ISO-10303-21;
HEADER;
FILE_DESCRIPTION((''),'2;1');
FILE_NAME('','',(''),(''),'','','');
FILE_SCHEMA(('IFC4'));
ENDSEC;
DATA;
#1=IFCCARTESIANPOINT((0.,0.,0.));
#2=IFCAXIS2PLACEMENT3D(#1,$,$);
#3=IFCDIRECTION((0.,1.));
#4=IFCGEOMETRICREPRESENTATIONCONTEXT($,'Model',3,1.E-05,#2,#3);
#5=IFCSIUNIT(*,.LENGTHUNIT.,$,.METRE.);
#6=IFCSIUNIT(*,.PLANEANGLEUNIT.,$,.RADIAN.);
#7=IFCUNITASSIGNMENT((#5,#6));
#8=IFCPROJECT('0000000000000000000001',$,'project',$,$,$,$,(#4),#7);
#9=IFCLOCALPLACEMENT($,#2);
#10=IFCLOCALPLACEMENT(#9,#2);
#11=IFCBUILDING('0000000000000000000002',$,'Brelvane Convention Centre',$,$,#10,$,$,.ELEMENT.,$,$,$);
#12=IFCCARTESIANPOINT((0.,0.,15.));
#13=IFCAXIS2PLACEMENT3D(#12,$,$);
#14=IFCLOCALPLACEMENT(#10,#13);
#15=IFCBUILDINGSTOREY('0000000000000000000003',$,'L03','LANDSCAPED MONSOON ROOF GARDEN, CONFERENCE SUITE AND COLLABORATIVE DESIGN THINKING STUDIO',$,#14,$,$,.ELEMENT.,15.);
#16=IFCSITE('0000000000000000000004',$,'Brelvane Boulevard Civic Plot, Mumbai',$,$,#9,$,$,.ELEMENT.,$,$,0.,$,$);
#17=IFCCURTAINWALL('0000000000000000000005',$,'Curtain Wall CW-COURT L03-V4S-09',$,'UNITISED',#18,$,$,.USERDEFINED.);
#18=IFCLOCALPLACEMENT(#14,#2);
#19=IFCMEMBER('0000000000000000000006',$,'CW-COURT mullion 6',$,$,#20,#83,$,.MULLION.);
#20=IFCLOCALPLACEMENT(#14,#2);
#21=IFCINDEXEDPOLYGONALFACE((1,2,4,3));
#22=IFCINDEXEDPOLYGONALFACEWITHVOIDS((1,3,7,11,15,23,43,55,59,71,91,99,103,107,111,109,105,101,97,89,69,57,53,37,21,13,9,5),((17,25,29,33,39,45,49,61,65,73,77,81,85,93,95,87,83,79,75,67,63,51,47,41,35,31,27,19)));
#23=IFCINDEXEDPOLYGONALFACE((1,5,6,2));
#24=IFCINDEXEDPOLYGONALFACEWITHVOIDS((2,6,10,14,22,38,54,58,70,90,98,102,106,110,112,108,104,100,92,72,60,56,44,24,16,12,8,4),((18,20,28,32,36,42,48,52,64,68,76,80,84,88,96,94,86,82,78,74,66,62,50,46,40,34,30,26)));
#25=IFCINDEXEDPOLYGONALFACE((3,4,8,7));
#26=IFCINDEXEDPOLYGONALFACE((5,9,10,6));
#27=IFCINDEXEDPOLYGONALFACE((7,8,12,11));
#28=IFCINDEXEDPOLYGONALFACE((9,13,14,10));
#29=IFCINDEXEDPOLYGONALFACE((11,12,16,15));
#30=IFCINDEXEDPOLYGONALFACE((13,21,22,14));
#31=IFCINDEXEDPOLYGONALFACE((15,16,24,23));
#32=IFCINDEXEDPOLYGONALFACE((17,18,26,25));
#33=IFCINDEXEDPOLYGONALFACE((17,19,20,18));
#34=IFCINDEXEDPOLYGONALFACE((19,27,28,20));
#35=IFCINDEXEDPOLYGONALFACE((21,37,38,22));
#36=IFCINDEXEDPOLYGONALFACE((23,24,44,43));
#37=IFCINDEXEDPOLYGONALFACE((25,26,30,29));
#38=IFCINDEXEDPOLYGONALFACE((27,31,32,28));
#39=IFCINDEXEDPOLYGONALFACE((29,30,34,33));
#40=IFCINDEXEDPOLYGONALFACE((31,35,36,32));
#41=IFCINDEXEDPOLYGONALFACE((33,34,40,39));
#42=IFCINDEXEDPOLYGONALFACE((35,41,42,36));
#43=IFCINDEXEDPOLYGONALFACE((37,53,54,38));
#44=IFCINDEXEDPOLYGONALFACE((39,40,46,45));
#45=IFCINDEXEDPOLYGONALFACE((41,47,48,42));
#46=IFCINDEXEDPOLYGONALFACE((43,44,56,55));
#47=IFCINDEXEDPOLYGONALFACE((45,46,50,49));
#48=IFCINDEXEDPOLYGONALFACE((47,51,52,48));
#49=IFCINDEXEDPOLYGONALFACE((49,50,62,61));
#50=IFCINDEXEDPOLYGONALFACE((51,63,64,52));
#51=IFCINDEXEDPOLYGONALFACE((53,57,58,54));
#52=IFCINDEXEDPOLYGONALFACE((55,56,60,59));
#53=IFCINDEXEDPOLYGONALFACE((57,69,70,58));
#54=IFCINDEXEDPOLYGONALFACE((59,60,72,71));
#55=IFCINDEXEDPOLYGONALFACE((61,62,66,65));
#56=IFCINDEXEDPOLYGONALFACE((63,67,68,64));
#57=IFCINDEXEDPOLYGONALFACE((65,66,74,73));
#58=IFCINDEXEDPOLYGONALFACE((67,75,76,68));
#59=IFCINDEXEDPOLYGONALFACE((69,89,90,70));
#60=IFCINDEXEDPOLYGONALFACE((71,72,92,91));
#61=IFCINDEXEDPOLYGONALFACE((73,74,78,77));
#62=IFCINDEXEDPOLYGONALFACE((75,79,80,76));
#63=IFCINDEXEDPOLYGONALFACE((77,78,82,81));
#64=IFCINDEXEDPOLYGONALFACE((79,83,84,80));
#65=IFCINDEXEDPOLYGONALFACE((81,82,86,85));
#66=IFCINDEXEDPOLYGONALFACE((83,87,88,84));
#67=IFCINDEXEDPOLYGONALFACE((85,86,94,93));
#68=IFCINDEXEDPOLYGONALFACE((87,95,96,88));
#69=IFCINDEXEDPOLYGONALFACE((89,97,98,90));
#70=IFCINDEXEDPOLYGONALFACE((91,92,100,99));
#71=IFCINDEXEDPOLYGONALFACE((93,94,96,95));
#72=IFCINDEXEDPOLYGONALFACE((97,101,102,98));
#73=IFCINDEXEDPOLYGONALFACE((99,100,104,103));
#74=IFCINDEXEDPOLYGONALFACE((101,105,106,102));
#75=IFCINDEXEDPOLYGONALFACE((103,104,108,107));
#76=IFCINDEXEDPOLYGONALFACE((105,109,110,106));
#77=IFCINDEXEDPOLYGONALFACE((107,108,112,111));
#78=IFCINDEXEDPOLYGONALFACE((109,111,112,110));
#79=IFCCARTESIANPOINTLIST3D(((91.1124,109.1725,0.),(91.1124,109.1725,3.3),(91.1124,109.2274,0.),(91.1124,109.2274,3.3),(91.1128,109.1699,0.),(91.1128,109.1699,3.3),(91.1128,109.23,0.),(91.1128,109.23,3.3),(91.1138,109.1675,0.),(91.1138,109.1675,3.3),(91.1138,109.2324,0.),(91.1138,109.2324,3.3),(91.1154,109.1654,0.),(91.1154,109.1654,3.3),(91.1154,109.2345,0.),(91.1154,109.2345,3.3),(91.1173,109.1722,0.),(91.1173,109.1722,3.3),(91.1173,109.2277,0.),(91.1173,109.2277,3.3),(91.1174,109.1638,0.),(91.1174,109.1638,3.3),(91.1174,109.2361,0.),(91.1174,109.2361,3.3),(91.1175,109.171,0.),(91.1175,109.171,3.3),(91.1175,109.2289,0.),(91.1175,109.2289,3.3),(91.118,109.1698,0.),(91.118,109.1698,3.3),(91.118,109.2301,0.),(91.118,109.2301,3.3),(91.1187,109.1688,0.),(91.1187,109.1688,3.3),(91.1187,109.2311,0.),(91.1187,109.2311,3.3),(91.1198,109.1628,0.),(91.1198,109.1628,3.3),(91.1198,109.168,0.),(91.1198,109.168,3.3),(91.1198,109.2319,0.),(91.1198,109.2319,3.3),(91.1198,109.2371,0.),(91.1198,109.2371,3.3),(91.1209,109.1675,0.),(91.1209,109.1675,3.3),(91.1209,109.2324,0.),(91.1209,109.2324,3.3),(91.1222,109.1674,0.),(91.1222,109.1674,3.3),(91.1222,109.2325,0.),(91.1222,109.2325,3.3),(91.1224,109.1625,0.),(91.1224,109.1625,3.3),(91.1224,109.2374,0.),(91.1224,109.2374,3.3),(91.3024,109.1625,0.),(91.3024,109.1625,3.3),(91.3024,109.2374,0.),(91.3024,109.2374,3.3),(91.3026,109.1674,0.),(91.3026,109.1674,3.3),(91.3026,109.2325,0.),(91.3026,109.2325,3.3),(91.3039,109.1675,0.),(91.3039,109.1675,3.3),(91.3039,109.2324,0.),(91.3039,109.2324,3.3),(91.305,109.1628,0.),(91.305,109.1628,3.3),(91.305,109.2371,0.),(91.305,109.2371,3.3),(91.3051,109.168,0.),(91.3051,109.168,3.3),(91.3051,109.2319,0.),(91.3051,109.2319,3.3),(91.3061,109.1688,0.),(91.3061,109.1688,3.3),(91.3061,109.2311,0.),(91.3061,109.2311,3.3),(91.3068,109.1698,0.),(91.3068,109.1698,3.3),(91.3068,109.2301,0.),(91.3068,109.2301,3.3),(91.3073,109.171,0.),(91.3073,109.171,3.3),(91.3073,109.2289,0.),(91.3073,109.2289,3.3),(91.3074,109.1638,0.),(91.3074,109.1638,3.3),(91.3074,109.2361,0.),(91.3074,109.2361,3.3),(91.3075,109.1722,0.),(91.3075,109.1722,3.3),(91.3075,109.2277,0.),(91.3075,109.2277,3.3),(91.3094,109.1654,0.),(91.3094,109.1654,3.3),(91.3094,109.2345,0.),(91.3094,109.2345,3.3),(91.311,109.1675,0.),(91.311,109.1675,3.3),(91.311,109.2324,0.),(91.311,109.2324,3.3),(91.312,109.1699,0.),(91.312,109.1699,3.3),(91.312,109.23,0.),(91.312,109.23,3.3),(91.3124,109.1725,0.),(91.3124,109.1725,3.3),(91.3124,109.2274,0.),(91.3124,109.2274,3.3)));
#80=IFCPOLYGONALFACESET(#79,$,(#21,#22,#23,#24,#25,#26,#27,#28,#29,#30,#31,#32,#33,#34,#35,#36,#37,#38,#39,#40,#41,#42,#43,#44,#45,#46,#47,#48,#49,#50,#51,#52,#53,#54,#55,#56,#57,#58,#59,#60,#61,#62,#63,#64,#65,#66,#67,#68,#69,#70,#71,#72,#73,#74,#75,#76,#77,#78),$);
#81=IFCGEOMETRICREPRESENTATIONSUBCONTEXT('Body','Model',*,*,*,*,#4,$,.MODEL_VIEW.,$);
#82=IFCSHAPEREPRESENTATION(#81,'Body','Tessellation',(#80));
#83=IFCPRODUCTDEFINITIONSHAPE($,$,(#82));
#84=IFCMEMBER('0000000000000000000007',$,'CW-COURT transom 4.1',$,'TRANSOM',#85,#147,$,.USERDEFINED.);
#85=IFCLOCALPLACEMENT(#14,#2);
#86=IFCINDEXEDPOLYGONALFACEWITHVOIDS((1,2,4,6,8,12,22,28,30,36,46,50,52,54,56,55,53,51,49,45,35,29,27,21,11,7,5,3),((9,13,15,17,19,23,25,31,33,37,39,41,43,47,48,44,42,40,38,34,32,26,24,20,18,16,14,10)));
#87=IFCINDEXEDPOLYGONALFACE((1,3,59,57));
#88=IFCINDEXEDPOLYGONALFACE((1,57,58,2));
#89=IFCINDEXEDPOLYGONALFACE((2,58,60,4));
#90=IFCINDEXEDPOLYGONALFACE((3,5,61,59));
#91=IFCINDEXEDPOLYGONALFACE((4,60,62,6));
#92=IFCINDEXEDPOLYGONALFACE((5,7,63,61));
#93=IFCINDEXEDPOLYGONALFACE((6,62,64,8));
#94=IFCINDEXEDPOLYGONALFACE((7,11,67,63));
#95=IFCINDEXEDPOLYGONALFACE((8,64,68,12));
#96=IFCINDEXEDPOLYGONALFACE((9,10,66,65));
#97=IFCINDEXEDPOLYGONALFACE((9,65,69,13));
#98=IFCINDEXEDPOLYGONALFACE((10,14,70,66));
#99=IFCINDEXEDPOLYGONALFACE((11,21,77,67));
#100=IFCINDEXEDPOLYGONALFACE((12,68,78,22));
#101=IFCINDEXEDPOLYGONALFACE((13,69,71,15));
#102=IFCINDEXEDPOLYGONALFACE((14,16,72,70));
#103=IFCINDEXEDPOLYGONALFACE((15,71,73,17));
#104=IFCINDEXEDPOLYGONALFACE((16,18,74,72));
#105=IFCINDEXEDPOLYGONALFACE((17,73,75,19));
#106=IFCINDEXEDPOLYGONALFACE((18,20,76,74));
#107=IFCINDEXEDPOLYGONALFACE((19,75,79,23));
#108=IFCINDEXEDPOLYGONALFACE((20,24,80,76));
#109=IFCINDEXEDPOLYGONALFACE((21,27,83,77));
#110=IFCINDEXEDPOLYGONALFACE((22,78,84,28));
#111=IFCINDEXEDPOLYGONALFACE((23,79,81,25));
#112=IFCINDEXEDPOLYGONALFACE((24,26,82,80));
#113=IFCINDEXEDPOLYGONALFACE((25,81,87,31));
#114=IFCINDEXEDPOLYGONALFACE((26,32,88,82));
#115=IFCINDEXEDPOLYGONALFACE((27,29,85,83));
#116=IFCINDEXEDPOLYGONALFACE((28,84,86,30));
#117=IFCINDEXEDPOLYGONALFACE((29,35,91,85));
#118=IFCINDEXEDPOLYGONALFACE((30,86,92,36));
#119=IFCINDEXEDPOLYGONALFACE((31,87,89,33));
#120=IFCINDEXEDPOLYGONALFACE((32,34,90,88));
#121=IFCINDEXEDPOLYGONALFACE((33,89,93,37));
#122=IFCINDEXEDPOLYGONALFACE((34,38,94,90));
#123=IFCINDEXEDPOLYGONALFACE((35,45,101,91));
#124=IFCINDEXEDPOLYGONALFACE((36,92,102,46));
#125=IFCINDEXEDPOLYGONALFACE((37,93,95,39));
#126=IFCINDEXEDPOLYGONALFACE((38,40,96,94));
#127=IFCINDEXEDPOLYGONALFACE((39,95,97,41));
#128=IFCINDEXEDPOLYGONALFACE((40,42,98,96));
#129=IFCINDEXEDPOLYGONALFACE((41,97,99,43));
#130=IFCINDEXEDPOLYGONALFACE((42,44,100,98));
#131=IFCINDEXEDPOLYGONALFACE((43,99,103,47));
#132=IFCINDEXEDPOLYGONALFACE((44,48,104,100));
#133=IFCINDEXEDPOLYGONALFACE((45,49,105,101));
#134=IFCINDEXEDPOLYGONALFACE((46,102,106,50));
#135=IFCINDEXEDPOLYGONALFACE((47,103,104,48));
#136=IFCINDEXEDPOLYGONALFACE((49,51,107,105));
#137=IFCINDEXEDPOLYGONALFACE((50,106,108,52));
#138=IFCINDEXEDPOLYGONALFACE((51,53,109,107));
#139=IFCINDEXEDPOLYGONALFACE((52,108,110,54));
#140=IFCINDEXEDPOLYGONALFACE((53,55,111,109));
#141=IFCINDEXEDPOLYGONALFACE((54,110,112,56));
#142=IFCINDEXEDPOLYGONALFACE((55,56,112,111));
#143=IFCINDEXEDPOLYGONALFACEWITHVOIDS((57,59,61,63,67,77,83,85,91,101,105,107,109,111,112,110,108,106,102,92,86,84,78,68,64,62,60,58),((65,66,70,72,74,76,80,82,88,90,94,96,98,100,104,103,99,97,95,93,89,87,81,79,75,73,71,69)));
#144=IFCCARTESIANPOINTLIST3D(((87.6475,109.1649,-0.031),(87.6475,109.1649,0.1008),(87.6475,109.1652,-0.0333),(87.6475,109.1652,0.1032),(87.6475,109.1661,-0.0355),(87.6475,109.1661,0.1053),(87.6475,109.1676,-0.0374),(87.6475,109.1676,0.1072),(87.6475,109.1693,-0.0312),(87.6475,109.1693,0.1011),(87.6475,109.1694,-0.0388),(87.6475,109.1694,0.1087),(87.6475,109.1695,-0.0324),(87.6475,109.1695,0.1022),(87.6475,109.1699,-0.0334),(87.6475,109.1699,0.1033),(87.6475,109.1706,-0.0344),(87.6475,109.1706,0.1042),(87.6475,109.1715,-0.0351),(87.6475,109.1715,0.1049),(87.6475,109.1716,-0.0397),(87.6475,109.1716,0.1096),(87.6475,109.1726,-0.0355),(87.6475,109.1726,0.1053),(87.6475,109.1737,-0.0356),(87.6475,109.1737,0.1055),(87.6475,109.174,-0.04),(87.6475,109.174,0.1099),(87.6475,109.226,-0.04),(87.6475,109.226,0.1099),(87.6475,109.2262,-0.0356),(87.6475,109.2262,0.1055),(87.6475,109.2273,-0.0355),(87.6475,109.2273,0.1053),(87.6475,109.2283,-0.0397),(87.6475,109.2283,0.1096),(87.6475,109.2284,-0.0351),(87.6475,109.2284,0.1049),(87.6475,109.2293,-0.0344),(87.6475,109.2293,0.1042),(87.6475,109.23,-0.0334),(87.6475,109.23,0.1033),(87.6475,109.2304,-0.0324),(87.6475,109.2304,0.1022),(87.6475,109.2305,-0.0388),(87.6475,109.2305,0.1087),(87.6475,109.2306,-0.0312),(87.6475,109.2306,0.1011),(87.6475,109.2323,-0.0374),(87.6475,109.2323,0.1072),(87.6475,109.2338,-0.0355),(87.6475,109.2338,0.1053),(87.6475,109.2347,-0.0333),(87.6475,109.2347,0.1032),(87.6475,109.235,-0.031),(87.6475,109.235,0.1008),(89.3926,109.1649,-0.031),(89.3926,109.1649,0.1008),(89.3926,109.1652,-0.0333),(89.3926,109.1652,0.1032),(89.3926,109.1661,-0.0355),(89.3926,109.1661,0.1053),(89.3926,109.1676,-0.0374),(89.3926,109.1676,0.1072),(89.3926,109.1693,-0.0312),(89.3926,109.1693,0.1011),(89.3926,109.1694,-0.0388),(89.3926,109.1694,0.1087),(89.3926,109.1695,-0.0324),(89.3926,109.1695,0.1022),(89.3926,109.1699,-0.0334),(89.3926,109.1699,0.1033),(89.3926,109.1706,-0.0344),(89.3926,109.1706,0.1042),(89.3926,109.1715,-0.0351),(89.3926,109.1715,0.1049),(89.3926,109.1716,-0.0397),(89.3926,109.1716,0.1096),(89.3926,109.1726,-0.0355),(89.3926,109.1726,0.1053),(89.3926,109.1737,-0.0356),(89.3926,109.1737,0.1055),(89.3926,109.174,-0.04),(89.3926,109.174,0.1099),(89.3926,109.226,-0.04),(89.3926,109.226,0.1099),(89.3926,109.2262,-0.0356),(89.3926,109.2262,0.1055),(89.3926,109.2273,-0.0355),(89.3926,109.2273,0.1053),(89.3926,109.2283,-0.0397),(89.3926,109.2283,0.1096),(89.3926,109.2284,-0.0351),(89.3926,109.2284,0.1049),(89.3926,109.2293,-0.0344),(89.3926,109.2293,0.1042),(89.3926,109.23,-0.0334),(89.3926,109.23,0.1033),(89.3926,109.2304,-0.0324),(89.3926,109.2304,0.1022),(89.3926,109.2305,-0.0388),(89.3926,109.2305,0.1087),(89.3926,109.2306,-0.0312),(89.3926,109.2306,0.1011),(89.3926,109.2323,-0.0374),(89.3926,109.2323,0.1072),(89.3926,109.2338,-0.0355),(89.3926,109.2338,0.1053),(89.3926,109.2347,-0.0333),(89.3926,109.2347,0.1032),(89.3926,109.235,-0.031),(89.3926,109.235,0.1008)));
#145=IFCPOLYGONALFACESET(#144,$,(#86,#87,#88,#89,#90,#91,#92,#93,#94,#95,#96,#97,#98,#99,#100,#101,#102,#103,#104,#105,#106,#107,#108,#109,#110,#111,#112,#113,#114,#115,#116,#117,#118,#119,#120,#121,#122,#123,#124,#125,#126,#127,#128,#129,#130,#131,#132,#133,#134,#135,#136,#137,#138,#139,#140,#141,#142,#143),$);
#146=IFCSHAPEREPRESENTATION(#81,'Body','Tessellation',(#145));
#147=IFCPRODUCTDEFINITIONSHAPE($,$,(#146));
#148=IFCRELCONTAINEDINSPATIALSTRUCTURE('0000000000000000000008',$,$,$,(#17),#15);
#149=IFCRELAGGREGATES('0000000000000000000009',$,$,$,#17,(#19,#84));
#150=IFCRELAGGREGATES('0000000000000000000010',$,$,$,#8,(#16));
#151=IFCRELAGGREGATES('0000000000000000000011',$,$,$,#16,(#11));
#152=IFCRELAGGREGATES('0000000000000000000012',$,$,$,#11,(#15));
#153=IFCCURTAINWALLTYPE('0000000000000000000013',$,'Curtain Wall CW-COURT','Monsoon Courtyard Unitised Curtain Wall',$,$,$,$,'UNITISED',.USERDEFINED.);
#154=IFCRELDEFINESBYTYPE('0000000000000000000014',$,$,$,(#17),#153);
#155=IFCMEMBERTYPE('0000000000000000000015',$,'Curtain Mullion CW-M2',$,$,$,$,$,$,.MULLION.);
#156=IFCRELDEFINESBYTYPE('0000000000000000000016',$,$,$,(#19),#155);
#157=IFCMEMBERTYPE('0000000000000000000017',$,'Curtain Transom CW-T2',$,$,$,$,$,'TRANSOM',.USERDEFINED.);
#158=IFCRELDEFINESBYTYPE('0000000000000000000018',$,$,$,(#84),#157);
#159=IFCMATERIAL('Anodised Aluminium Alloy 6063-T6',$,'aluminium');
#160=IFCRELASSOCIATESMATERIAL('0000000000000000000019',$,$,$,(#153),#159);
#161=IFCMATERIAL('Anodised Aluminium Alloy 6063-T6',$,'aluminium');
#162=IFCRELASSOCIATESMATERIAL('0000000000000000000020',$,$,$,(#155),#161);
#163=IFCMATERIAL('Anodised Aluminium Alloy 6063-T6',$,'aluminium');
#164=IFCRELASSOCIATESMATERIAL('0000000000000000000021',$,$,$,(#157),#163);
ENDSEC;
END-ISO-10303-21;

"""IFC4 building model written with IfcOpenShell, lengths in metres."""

from ifc_helpers import new_model, si_unit, direction, frame, origin, origin_2d, place, context, subcontext, project, spatial, hollow_rectangle, extrude, material, material_profile, profile_set, type_object, element, aggregate, save


model = new_model("IFC4")

# Units and contexts
model_context = context("Model", 3, precision=1e-05, world=origin(), true_north=direction((0.0, 1.0)))
body_context = subcontext(model_context, "Body", "Model", "MODEL_VIEW")
ifc_project = project(units=[si_unit("LENGTHUNIT", "METRE"), si_unit("PLANEANGLEUNIT", "RADIAN")], contexts=[model_context])

# Site, building, storey
site_placement = place(None, origin())
site = spatial("IfcSite", under=ifc_project, at=site_placement, Name="Brelvane Boulevard Civic Plot, Mumbai", CompositionType="ELEMENT", RefElevation=0.0)
building_placement = place(site_placement, origin())
building = spatial("IfcBuilding", under=site, at=building_placement, Name="Brelvane Convention Centre", CompositionType="ELEMENT")
storey_placement = place(building_placement, frame((0.0, 0.0, 15.0)))
storey = spatial("IfcBuildingStorey", under=building, at=storey_placement, Name="L03", Description="LANDSCAPED MONSOON ROOF GARDEN, CONFERENCE SUITE AND COLLABORATIVE DESIGN THINKING STUDIO", CompositionType="ELEMENT", Elevation=15.0)

# Curtain wall, members
ifc_material_1 = material(Name="Anodised Aluminium Alloy 6063-T6", Category="aluminium")
curtain_wall_type = type_object("IfcCurtainWallType", Name="Curtain Wall CW-COURT", Description="Monsoon Courtyard Unitised Curtain Wall", ElementType="UNITISED", PredefinedType="USERDEFINED", material=ifc_material_1)
curtain_wall_placement = place(storey_placement, origin())
curtain_wall = element("IfcCurtainWall", 1, at=curtain_wall_placement, inside=storey, type_object=curtain_wall_type, Name="Curtain Wall CW-COURT L03-V4S-09", ObjectType="UNITISED", PredefinedType="USERDEFINED")
ifc_material_2 = material(Name="Anodised Aluminium Alloy 6063-T6", Category="aluminium")
ifc_material_profile_1 = material_profile(ifc_material_2, hollow_rectangle(XDim=0.075, YDim=0.2, WallThickness=0.0049, InnerFilletRadius=0.0049, OuterFilletRadius=0.01, at=origin_2d()), Name="ALU-M 200x75x5.0")
ifc_profile_set_1 = profile_set([ifc_material_profile_1], Name="Anodised Aluminium Alloy 6063-T6")
member_type_1 = type_object("IfcMemberType", Name="Curtain Mullion CW-M2", PredefinedType="MULLION", material=ifc_profile_set_1)
member_1_placement = place(storey_placement, frame((91.2124, 109.2, 0.0), z_axis=(0.0, 0.0, 1.0), x_axis=(0.0, 1.0, 0.0)))
member_1 = element("IfcMember", 2, at=member_1_placement, type_object=member_type_1, Name="CW-COURT mullion 6", PredefinedType="MULLION", context=body_context, shape_type="SweptSolid", body=[
    extrude(hollow_rectangle(XDim=0.075, YDim=0.2, WallThickness=0.0049, InnerFilletRadius=0.0049, OuterFilletRadius=0.01, at=origin_2d()), origin(), (0.0, 0.0, 1.0), 3.3),
])
ifc_material_3 = material(Name="Anodised Aluminium Alloy 6063-T6", Category="aluminium")
ifc_material_profile_2 = material_profile(ifc_material_3, hollow_rectangle(XDim=0.0701, YDim=0.1499, WallThickness=0.0044, InnerFilletRadius=0.0044, OuterFilletRadius=0.009, at=origin_2d()), Name="ALU-T 150x70x4.5")
ifc_profile_set_2 = profile_set([ifc_material_profile_2], Name="Anodised Aluminium Alloy 6063-T6")
member_type_2 = type_object("IfcMemberType", Name="Curtain Transom CW-T2", ElementType="TRANSOM", PredefinedType="USERDEFINED", material=ifc_profile_set_2)
member_2_placement = place(storey_placement, frame((87.6475, 109.2, 0.0349), z_axis=(1.0, 0.0, 0.0), x_axis=(0.0, 1.0, 0.0)))
member_2 = element("IfcMember", 3, at=member_2_placement, type_object=member_type_2, Name="CW-COURT transom 4.1", ObjectType="TRANSOM", PredefinedType="USERDEFINED", context=body_context, shape_type="SweptSolid", body=[
    extrude(hollow_rectangle(XDim=0.0701, YDim=0.1499, WallThickness=0.0044, InnerFilletRadius=0.0044, OuterFilletRadius=0.009, at=origin_2d()), origin(), (0.0, 0.0, 1.0), 1.7451),
])

aggregate(curtain_wall, [member_1, member_2])

save(model, "model.ifc")
